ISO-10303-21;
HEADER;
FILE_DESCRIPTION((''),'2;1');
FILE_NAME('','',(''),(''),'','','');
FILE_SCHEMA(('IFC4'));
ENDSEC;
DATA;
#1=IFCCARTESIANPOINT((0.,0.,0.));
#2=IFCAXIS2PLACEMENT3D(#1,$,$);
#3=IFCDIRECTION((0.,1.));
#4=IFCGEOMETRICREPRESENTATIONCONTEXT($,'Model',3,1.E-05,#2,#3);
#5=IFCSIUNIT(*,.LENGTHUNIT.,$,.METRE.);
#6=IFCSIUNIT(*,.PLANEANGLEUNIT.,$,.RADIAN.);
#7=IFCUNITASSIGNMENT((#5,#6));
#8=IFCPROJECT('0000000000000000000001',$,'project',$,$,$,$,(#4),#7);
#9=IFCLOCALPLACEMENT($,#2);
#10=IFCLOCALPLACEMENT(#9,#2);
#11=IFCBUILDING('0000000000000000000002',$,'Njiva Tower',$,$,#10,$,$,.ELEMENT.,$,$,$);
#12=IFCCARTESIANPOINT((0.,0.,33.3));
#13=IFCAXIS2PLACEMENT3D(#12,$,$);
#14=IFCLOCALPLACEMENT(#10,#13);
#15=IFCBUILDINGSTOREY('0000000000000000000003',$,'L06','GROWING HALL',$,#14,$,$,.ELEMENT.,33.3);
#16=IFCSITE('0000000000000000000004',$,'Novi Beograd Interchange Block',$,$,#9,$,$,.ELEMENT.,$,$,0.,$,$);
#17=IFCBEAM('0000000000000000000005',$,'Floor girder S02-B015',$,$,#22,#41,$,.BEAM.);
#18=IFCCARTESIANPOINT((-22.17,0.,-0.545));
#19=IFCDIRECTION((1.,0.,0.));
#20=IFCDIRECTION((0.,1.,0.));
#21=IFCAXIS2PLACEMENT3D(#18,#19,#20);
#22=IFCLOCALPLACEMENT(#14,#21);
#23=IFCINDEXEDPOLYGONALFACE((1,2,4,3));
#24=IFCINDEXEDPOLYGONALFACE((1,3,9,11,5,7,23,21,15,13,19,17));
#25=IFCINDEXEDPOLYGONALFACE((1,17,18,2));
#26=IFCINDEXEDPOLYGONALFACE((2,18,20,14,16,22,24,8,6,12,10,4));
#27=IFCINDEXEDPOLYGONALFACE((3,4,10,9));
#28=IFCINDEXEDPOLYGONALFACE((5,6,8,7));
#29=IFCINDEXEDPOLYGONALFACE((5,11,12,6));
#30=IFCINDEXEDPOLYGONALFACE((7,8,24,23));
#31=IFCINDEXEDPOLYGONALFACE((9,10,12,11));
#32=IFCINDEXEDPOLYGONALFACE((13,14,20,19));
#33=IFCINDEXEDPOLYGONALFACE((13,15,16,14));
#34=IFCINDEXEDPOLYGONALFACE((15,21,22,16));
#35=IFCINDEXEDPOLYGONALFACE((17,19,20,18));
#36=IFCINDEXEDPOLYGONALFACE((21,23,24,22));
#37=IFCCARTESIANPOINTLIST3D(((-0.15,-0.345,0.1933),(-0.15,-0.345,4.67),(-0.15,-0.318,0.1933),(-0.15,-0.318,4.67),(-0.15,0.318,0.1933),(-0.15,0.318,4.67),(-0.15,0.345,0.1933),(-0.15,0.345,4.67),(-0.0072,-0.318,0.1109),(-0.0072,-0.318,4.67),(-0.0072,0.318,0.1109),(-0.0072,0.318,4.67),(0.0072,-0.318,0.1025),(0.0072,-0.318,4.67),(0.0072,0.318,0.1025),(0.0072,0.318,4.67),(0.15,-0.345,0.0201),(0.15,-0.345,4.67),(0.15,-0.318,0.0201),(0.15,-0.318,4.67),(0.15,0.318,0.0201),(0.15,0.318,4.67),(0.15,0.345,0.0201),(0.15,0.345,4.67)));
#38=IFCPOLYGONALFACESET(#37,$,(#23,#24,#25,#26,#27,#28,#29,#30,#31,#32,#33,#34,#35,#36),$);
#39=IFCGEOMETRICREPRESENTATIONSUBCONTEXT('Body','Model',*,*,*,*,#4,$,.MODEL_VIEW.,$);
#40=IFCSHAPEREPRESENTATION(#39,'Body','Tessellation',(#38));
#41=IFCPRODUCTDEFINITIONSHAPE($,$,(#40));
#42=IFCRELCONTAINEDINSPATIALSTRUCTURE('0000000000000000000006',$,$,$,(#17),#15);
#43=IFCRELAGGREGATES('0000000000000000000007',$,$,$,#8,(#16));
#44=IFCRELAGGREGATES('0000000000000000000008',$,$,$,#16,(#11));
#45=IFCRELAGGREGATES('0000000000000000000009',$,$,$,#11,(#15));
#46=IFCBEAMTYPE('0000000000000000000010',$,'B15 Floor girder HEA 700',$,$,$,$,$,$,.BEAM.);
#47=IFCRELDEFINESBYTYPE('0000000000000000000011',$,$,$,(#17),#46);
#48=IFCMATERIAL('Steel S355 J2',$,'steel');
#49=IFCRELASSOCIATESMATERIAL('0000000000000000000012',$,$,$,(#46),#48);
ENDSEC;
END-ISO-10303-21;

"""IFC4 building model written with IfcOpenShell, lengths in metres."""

from ifc_helpers import new_model, si_unit, direction, frame, origin, origin_2d, place, context, subcontext, project, spatial, i_section, extrude, clip, halfspace, material, material_profile, profile_set, type_object, element, save


model = new_model("IFC4")

# Units and contexts
model_context = context("Model", 3, precision=1e-05, world=origin(), true_north=direction((0.0, 1.0)))
body_context = subcontext(model_context, "Body", "Model", "MODEL_VIEW")
ifc_project = project(units=[si_unit("LENGTHUNIT", "METRE"), si_unit("PLANEANGLEUNIT", "RADIAN")], contexts=[model_context])

# Site, building, storey
site_placement = place(None, origin())
site = spatial("IfcSite", under=ifc_project, at=site_placement, Name="Novi Beograd Interchange Block", CompositionType="ELEMENT", RefElevation=0.0)
building_placement = place(site_placement, origin())
building = spatial("IfcBuilding", under=site, at=building_placement, Name="Njiva Tower", CompositionType="ELEMENT")
storey_placement = place(building_placement, frame((0.0, 0.0, 33.3)))
storey = spatial("IfcBuildingStorey", under=building, at=storey_placement, Name="L06", Description="GROWING HALL", CompositionType="ELEMENT", Elevation=33.3)

# Shared definitions
ifc_material_1 = material(Name="Steel S355 J2", Category="steel")

# Beam
ifc_material_profile_1 = material_profile(ifc_material_1, i_section(OverallWidth=0.3, OverallDepth=0.69, WebThickness=0.0145, FlangeThickness=0.027, at=origin_2d()), Name="HEA 700")
ifc_profile_set_1 = profile_set([ifc_material_profile_1], Name="Steel S355 J2")
beam_type_1 = type_object("IfcBeamType", Name="B15 Floor girder HEA 700", PredefinedType="BEAM", material=ifc_profile_set_1)
beam_1_placement = place(storey_placement, frame((-22.17, 0.0, -0.545), z_axis=(1.0, 0.0, 0.0), x_axis=(0.0, 1.0, 0.0)))
element("IfcBeam", 1, at=beam_1_placement, inside=storey, type_object=beam_type_1, Name="Floor girder S02-B015", PredefinedType="BEAM", context=body_context, shape_type="Clipping", body=[
    clip(extrude(i_section(OverallWidth=0.3, OverallDepth=0.69, WebThickness=0.0145, FlangeThickness=0.027, at=origin_2d()), origin(), (0.0, 0.0, 1.0), 4.67), halfspace(frame((-0.025, 0.0, 0.1211), z_axis=(-0.499998, 0.0, -0.866027), x_axis=(0.0, -1.0, 0.0)), False)),
])

save(model, "model.ifc")
